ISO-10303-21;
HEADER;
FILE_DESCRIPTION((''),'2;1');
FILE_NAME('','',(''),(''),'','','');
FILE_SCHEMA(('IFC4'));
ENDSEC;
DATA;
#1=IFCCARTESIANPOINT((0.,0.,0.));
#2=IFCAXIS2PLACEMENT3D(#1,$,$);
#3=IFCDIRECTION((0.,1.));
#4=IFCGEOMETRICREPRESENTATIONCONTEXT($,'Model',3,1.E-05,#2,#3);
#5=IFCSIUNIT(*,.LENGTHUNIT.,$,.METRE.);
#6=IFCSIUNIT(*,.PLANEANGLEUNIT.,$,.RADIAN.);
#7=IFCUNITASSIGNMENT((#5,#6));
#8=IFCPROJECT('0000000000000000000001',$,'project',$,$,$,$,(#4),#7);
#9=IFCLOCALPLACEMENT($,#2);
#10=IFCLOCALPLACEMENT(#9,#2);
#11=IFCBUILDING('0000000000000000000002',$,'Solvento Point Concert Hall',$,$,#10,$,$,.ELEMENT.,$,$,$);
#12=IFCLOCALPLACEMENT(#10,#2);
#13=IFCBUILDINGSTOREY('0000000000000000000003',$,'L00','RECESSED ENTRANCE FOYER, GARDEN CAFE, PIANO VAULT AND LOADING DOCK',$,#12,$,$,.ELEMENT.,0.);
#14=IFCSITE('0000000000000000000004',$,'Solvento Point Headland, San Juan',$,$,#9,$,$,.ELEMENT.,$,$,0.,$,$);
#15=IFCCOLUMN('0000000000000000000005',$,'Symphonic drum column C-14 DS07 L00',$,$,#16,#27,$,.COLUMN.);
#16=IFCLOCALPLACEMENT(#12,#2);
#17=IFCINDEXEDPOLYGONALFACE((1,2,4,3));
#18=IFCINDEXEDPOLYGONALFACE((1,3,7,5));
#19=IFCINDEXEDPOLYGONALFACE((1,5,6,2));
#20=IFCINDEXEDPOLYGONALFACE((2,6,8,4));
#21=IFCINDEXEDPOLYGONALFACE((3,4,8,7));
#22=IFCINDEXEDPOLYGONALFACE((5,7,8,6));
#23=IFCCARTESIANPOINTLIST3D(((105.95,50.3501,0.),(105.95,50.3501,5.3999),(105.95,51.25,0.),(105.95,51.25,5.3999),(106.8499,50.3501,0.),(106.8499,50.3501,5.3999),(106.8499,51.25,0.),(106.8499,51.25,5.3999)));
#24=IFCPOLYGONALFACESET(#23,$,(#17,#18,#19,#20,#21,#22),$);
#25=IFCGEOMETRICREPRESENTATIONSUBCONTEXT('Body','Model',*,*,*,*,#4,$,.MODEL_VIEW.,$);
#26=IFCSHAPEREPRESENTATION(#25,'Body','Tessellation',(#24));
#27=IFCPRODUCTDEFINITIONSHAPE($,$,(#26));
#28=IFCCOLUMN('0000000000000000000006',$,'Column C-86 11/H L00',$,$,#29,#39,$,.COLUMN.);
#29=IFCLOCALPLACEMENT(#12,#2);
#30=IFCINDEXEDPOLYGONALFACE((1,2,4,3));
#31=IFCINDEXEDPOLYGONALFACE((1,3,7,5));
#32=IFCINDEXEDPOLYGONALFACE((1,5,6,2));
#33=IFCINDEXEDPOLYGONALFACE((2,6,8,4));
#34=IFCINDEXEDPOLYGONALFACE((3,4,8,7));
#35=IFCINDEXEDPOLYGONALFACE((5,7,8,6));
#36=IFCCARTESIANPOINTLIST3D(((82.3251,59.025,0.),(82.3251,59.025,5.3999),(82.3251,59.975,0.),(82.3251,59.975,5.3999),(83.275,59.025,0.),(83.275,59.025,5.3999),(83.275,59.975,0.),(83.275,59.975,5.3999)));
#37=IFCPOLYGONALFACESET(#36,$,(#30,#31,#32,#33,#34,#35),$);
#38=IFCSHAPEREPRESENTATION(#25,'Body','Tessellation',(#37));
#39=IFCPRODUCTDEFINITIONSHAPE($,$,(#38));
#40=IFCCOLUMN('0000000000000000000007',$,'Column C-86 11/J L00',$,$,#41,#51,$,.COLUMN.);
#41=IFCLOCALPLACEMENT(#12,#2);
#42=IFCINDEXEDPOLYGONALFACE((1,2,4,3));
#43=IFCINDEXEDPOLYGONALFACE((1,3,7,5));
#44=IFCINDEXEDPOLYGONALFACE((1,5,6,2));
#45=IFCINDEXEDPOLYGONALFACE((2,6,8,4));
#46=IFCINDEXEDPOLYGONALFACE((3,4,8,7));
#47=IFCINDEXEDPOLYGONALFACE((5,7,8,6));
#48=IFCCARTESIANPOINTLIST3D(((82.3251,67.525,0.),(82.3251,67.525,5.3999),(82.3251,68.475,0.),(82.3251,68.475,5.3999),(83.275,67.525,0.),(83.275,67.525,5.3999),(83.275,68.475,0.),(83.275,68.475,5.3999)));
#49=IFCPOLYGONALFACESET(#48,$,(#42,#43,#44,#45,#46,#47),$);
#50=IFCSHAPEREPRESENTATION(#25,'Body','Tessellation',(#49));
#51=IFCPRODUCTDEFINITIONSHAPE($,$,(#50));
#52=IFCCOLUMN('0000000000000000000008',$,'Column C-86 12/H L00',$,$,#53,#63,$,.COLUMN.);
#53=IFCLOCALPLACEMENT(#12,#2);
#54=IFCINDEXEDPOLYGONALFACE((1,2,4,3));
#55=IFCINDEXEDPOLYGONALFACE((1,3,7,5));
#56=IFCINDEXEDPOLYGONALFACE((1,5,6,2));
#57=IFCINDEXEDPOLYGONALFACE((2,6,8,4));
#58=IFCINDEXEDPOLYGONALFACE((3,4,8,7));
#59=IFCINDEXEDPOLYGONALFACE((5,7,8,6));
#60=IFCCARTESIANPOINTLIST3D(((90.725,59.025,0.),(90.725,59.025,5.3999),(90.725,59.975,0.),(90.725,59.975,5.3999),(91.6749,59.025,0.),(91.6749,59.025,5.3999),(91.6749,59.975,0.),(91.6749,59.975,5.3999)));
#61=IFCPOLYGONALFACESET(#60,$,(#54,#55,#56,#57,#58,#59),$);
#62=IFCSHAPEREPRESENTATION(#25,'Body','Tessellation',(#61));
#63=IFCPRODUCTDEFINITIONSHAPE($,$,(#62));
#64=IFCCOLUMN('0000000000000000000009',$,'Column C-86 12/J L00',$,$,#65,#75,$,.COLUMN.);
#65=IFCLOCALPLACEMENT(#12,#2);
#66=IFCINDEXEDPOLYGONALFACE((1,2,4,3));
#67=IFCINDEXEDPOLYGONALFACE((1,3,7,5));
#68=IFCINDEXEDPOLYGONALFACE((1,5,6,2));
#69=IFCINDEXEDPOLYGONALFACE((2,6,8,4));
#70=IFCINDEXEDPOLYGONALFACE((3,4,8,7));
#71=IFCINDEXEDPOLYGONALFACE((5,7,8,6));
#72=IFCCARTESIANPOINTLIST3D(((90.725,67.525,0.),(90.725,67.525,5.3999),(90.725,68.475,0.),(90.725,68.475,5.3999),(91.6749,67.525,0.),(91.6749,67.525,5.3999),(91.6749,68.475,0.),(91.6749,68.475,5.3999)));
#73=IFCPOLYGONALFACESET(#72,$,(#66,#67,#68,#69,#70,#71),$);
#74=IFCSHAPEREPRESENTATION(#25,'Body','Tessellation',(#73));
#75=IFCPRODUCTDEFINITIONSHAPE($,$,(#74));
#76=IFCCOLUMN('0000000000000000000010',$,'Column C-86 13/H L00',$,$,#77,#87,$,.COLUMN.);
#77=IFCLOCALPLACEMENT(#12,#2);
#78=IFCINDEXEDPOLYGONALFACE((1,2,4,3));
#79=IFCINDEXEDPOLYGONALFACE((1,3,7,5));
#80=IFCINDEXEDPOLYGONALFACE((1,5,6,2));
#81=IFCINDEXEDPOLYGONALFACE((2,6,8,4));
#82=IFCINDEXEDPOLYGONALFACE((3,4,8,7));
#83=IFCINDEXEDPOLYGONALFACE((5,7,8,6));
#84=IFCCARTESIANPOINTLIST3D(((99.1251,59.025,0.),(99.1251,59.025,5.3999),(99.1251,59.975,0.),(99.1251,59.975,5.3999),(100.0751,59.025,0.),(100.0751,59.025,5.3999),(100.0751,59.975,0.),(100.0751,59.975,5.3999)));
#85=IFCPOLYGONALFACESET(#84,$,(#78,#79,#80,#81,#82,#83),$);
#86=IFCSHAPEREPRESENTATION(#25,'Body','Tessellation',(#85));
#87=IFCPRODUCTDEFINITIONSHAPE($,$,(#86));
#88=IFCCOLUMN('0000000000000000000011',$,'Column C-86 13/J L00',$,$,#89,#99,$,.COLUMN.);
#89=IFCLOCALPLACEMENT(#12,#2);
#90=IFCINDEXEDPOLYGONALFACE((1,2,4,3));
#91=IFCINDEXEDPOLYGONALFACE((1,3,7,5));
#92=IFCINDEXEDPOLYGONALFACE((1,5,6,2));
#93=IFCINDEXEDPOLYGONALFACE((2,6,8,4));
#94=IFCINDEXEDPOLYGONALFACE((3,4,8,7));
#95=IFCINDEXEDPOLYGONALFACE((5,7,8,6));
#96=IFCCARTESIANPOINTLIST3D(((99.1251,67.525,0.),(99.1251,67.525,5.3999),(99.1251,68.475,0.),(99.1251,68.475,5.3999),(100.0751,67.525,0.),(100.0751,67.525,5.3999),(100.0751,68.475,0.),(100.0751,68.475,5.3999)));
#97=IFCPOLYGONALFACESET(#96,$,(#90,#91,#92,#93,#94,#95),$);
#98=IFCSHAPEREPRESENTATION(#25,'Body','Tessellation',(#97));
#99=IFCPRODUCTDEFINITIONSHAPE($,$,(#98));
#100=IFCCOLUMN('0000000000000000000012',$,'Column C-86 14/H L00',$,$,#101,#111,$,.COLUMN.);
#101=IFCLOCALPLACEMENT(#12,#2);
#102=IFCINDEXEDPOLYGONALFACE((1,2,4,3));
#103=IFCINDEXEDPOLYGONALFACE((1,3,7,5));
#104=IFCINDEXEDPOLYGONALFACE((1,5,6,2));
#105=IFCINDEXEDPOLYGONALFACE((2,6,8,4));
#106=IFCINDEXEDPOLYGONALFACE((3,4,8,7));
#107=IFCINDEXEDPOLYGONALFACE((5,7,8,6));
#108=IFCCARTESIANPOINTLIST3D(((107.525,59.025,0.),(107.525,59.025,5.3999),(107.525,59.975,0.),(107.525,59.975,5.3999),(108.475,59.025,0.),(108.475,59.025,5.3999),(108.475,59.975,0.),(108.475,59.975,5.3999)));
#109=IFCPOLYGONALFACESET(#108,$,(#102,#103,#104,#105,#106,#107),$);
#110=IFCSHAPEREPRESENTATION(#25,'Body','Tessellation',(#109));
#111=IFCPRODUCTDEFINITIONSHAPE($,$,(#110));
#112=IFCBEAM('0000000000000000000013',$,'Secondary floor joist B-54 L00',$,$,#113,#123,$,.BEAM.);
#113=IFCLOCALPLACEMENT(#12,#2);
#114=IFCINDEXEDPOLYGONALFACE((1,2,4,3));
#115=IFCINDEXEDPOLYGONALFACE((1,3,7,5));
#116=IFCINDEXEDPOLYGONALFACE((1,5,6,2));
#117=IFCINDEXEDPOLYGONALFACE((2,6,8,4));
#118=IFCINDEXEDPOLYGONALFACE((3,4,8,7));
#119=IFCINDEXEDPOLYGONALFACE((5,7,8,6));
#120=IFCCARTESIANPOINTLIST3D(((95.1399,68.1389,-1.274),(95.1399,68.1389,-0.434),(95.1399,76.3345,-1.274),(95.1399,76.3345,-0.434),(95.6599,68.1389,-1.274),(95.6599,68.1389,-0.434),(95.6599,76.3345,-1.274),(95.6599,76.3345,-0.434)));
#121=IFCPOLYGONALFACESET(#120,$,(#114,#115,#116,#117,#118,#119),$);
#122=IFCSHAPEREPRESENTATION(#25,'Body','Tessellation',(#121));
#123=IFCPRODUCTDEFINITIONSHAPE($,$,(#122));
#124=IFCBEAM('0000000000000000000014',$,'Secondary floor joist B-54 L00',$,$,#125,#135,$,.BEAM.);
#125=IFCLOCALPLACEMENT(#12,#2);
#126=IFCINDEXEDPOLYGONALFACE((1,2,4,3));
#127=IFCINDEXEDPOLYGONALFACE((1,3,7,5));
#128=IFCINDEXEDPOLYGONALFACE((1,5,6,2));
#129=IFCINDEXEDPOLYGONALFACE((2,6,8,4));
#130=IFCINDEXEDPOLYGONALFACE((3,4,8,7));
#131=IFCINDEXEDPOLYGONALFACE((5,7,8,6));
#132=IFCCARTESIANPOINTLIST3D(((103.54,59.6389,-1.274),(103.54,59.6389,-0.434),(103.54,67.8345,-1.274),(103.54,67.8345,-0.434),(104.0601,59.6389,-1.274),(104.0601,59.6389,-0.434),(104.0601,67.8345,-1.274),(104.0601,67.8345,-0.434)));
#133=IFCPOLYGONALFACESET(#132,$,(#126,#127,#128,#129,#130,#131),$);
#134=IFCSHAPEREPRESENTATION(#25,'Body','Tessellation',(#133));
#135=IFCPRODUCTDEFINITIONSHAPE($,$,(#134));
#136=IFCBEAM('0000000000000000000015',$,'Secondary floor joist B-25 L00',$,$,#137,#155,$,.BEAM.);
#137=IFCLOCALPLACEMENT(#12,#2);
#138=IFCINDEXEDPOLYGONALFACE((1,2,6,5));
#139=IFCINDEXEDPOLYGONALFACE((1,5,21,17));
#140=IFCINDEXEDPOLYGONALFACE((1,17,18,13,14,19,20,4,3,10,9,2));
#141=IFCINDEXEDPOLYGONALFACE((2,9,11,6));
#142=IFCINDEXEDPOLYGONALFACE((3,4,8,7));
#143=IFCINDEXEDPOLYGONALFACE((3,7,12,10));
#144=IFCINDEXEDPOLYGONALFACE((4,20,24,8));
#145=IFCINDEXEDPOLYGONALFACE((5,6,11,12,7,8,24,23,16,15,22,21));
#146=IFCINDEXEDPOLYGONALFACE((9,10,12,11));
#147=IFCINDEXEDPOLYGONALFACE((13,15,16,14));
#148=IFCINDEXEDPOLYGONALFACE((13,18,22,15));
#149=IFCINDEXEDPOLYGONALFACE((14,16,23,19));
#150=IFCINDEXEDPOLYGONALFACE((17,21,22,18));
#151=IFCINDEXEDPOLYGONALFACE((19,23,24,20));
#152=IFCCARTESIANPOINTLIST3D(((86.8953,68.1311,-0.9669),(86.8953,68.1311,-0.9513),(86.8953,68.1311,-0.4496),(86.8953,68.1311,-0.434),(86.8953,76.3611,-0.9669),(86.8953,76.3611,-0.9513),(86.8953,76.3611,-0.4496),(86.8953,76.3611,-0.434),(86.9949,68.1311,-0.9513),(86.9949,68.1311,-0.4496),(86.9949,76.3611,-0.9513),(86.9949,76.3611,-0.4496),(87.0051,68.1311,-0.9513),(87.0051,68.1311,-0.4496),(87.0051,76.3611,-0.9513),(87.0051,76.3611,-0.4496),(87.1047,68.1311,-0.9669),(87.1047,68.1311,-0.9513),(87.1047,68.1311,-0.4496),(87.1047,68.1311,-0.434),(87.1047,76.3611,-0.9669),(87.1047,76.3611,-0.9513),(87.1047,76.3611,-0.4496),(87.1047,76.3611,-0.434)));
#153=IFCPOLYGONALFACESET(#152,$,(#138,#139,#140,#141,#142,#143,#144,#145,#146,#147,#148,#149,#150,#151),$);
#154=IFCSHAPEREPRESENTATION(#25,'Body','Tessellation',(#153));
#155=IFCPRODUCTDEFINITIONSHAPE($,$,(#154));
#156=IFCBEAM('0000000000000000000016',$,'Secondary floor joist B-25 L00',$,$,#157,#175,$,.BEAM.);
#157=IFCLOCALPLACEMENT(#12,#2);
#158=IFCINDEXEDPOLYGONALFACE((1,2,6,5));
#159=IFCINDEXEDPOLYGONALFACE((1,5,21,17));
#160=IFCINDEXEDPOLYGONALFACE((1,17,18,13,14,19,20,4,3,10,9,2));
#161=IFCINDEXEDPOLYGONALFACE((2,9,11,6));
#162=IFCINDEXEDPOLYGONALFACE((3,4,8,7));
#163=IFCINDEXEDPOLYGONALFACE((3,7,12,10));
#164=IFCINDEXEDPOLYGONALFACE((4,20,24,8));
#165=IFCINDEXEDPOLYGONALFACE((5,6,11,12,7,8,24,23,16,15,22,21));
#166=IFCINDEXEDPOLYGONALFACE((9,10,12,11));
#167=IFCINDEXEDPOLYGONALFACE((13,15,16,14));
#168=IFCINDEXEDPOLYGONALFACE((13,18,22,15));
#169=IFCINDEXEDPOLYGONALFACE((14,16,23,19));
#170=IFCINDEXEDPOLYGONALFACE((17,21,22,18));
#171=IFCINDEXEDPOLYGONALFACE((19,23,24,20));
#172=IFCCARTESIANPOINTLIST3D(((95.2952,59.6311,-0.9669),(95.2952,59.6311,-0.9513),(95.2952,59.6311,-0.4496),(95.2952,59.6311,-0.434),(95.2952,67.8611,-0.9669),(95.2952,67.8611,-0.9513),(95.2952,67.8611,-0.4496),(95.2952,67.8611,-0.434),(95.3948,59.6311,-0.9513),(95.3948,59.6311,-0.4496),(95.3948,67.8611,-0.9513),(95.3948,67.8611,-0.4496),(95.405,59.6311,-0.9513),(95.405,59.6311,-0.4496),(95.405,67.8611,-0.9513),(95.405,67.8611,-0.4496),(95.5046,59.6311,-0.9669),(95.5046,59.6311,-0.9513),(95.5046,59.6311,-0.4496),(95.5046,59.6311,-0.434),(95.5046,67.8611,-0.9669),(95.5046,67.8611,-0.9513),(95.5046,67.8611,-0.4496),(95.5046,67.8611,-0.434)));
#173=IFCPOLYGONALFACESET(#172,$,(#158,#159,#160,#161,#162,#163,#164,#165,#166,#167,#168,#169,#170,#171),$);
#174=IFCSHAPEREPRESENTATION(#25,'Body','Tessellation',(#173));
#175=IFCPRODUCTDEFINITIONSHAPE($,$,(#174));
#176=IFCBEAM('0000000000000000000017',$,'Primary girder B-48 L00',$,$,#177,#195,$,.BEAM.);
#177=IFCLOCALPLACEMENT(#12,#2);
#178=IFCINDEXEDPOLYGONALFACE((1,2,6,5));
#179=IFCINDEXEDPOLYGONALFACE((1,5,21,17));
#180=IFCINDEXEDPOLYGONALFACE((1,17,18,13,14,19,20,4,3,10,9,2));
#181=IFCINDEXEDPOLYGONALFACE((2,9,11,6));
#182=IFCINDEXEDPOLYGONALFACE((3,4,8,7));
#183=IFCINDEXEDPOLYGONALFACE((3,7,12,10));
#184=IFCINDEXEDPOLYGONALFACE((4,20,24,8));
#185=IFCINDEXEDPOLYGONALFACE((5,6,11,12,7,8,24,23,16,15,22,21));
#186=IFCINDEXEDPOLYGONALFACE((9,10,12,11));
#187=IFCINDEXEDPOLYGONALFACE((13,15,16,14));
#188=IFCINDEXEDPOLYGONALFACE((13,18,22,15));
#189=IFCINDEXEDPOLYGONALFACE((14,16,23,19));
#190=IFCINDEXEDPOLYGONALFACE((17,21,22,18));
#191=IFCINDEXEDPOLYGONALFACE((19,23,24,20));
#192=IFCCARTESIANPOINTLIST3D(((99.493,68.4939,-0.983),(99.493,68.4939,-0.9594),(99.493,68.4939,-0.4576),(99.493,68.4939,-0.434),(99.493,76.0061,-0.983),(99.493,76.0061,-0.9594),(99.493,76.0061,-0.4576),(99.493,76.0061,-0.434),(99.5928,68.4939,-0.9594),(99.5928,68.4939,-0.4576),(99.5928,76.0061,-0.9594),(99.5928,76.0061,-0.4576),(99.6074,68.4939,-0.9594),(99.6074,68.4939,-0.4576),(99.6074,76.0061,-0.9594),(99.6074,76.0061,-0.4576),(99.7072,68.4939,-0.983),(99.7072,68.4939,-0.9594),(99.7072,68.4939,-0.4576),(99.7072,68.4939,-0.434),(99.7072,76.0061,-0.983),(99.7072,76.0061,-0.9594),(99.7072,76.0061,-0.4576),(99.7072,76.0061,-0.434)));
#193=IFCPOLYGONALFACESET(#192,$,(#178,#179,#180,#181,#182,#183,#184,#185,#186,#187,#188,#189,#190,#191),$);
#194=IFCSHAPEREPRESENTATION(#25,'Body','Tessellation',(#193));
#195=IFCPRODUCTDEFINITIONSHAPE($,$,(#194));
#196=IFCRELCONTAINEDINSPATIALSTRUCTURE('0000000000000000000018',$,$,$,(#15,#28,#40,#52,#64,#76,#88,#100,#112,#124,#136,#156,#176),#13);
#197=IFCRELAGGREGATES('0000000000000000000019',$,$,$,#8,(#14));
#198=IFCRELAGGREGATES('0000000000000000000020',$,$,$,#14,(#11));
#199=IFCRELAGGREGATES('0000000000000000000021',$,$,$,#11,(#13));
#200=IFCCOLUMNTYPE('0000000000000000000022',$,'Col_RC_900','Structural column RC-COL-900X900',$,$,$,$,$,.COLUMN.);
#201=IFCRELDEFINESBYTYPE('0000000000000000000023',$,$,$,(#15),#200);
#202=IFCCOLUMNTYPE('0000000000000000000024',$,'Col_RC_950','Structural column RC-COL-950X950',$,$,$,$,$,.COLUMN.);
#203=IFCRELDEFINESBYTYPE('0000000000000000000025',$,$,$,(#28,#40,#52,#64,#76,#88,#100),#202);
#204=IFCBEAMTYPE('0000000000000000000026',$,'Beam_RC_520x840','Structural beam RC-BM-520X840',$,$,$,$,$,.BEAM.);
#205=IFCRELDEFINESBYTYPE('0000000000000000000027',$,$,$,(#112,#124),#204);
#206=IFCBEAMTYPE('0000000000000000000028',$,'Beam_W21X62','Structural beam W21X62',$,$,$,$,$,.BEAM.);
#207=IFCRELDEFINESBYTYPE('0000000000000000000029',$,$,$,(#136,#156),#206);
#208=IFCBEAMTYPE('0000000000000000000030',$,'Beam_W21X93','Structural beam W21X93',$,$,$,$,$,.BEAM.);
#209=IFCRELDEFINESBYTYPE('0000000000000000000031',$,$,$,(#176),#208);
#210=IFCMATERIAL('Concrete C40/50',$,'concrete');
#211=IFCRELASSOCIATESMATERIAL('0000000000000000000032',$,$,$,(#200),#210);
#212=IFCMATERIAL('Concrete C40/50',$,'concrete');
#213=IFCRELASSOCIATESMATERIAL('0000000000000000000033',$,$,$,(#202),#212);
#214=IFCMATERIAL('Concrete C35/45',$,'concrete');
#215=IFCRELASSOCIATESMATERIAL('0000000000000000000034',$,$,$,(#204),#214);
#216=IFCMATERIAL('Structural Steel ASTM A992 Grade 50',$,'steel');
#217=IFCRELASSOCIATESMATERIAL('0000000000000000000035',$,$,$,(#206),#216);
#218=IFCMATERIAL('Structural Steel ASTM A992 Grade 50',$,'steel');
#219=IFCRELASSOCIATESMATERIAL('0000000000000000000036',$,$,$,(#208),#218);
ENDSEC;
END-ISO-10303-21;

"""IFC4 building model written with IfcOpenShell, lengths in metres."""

from ifc_helpers import new_model, si_unit, direction, frame, origin, origin_2d, place, context, subcontext, project, spatial, rectangle, i_section, extrude, material, material_profile, profile_set, type_object, element, save


model = new_model("IFC4")

# Units and contexts
model_context = context("Model", 3, precision=1e-05, world=origin(), true_north=direction((0.0, 1.0)))
body_context = subcontext(model_context, "Body", "Model", "MODEL_VIEW")
ifc_project = project(units=[si_unit("LENGTHUNIT", "METRE"), si_unit("PLANEANGLEUNIT", "RADIAN")], contexts=[model_context])

# Site, building, storey
site_placement = place(None, origin())
site = spatial("IfcSite", under=ifc_project, at=site_placement, Name="Solvento Point Headland, San Juan", CompositionType="ELEMENT", RefElevation=0.0)
building_placement = place(site_placement, origin())
building = spatial("IfcBuilding", under=site, at=building_placement, Name="Solvento Point Concert Hall", CompositionType="ELEMENT")
storey_placement = place(building_placement, origin())
storey = spatial("IfcBuildingStorey", under=building, at=storey_placement, Name="L00", Description="RECESSED ENTRANCE FOYER, GARDEN CAFE, PIANO VAULT AND LOADING DOCK", CompositionType="ELEMENT", Elevation=0.0)

# Columns
ifc_material_1 = material(Name="Concrete C40/50", Category="concrete")
ifc_material_profile_1 = material_profile(ifc_material_1, rectangle(XDim=0.8999, YDim=0.8999, at=origin_2d()), Name="RC-COL-900X900")
ifc_profile_set_1 = profile_set([ifc_material_profile_1], Name="Concrete C40/50")
column_type_1 = type_object("IfcColumnType", Name="Col_RC_900", Description="Structural column RC-COL-900X900", PredefinedType="COLUMN", material=ifc_profile_set_1)
column_placement = place(storey_placement, frame((106.3999, 50.8, 0.0), z_axis=(0.0, 0.0, 1.0), x_axis=(1.0, 0.0, 0.0)))
element("IfcColumn", 1, at=column_placement, inside=storey, type_object=column_type_1, Name="Symphonic drum column C-14 DS07 L00", PredefinedType="COLUMN", context=body_context, shape_type="SweptSolid", body=[
    extrude(rectangle(XDim=0.8999, YDim=0.8999, at=origin_2d()), origin(), (0.0, 0.0, 1.0), 5.3999),
])
ifc_material_2 = material(Name="Concrete C40/50", Category="concrete")
ifc_material_profile_2 = material_profile(ifc_material_2, rectangle(XDim=0.95, YDim=0.95, at=origin_2d()), Name="RC-COL-950X950")
ifc_profile_set_2 = profile_set([ifc_material_profile_2], Name="Concrete C40/50")
column_type_2 = type_object("IfcColumnType", Name="Col_RC_950", Description="Structural column RC-COL-950X950", PredefinedType="COLUMN", material=ifc_profile_set_2)
for number, where, z_axis, x_axis, name in (
    (2, (82.8, 59.5, 0.0), (0.0, 0.0, 1.0), (1.0, 0.0, 0.0), "Column C-86 11/H L00"),
    (3, (82.8, 68.0, 0.0), (0.0, 0.0, 1.0), (1.0, 0.0, 0.0), "Column C-86 11/J L00"),
    (4, (91.2, 59.5, 0.0), (0.0, 0.0, 1.0), (1.0, 0.0, 0.0), "Column C-86 12/H L00"),
    (5, (91.2, 68.0, 0.0), (0.0, 0.0, 1.0), (1.0, 0.0, 0.0), "Column C-86 12/J L00"),
    (6, (99.6001, 59.5, 0.0), (0.0, 0.0, 1.0), (1.0, 0.0, 0.0), "Column C-86 13/H L00"),
    (7, (99.6001, 68.0, 0.0), (0.0, 0.0, 1.0), (1.0, 0.0, 0.0), "Column C-86 13/J L00"),
    (8, (108.0, 59.5, 0.0), (0.0, 0.0, 1.0), (1.0, 0.0, 0.0), "Column C-86 14/H L00"),
):
    element("IfcColumn", number, at=place(storey_placement, frame(where, z_axis=z_axis, x_axis=x_axis)), inside=storey, type_object=column_type_2, Name=name, PredefinedType="COLUMN", context=body_context, shape_type="SweptSolid", body=[
        extrude(rectangle(XDim=0.95, YDim=0.95, at=origin_2d()), origin(), (0.0, 0.0, 1.0), 5.3999),
    ])

# Beams
ifc_material_3 = material(Name="Concrete C35/45", Category="concrete")
ifc_material_profile_3 = material_profile(ifc_material_3, rectangle(XDim=0.52, YDim=0.8401, at=origin_2d()), Name="RC-BM-520X840")
ifc_profile_set_3 = profile_set([ifc_material_profile_3], Name="Concrete C35/45")
beam_type_1 = type_object("IfcBeamType", Name="Beam_RC_520x840", Description="Structural beam RC-BM-520X840", PredefinedType="BEAM", material=ifc_profile_set_3)
for number, where, z_axis, x_axis, name in (
    (9, (95.3999, 68.1389, -0.854), (0.0, 1.0, 0.0), (-1.0, 0.0, 0.0), "Secondary floor joist B-54 L00"),
    (10, (103.8, 59.6389, -0.854), (0.0, 1.0, 0.0), (-1.0, 0.0, 0.0), "Secondary floor joist B-54 L00"),
):
    element("IfcBeam", number, at=place(storey_placement, frame(where, z_axis=z_axis, x_axis=x_axis)), inside=storey, type_object=beam_type_1, Name=name, PredefinedType="BEAM", context=body_context, shape_type="SweptSolid", body=[
        extrude(rectangle(XDim=0.52, YDim=0.8401, at=origin_2d()), origin(), (0.0, 0.0, 1.0), 8.1956),
    ])
ifc_material_4 = material(Name="Structural Steel ASTM A992 Grade 50", Category="steel")
ifc_material_profile_4 = material_profile(ifc_material_4, i_section(OverallWidth=0.2095, OverallDepth=0.533, WebThickness=0.0103, FlangeThickness=0.0156, at=origin_2d()), Name="W21X62")
ifc_profile_set_4 = profile_set([ifc_material_profile_4], Name="Structural Steel ASTM A992 Grade 50")
beam_type_2 = type_object("IfcBeamType", Name="Beam_W21X62", Description="Structural beam W21X62", PredefinedType="BEAM", material=ifc_profile_set_4)
for number, where, z_axis, x_axis, name in (
    (11, (87.0, 68.1311, -0.7004), (0.0, 1.0, 0.0), (-1.0, 0.0, 0.0), "Secondary floor joist B-25 L00"),
    (12, (95.3999, 59.6311, -0.7004), (0.0, 1.0, 0.0), (-1.0, 0.0, 0.0), "Secondary floor joist B-25 L00"),
):
    element("IfcBeam", number, at=place(storey_placement, frame(where, z_axis=z_axis, x_axis=x_axis)), inside=storey, type_object=beam_type_2, Name=name, PredefinedType="BEAM", context=body_context, shape_type="SweptSolid", body=[
        extrude(i_section(OverallWidth=0.2095, OverallDepth=0.533, WebThickness=0.0103, FlangeThickness=0.0156, at=origin_2d()), origin(), (0.0, 0.0, 1.0), 8.23),
    ])
ifc_material_5 = material(Name="Structural Steel ASTM A992 Grade 50", Category="steel")
ifc_material_profile_5 = material_profile(ifc_material_5, i_section(OverallWidth=0.2141, OverallDepth=0.5491, WebThickness=0.0146, FlangeThickness=0.0237, at=origin_2d()), Name="W21X93")
ifc_profile_set_5 = profile_set([ifc_material_profile_5], Name="Structural Steel ASTM A992 Grade 50")
beam_type_3 = type_object("IfcBeamType", Name="Beam_W21X93", Description="Structural beam W21X93", PredefinedType="BEAM", material=ifc_profile_set_5)
beam_1_placement = place(storey_placement, frame((99.6001, 68.4939, -0.7085), z_axis=(0.0, 1.0, 0.0), x_axis=(-1.0, 0.0, 0.0)))
element("IfcBeam", 13, at=beam_1_placement, inside=storey, type_object=beam_type_3, Name="Primary girder B-48 L00", PredefinedType="BEAM", context=body_context, shape_type="SweptSolid", body=[
    extrude(i_section(OverallWidth=0.2141, OverallDepth=0.5491, WebThickness=0.0146, FlangeThickness=0.0237, at=origin_2d()), origin(), (0.0, 0.0, 1.0), 7.5122),
])

save(model, "model.ifc")
